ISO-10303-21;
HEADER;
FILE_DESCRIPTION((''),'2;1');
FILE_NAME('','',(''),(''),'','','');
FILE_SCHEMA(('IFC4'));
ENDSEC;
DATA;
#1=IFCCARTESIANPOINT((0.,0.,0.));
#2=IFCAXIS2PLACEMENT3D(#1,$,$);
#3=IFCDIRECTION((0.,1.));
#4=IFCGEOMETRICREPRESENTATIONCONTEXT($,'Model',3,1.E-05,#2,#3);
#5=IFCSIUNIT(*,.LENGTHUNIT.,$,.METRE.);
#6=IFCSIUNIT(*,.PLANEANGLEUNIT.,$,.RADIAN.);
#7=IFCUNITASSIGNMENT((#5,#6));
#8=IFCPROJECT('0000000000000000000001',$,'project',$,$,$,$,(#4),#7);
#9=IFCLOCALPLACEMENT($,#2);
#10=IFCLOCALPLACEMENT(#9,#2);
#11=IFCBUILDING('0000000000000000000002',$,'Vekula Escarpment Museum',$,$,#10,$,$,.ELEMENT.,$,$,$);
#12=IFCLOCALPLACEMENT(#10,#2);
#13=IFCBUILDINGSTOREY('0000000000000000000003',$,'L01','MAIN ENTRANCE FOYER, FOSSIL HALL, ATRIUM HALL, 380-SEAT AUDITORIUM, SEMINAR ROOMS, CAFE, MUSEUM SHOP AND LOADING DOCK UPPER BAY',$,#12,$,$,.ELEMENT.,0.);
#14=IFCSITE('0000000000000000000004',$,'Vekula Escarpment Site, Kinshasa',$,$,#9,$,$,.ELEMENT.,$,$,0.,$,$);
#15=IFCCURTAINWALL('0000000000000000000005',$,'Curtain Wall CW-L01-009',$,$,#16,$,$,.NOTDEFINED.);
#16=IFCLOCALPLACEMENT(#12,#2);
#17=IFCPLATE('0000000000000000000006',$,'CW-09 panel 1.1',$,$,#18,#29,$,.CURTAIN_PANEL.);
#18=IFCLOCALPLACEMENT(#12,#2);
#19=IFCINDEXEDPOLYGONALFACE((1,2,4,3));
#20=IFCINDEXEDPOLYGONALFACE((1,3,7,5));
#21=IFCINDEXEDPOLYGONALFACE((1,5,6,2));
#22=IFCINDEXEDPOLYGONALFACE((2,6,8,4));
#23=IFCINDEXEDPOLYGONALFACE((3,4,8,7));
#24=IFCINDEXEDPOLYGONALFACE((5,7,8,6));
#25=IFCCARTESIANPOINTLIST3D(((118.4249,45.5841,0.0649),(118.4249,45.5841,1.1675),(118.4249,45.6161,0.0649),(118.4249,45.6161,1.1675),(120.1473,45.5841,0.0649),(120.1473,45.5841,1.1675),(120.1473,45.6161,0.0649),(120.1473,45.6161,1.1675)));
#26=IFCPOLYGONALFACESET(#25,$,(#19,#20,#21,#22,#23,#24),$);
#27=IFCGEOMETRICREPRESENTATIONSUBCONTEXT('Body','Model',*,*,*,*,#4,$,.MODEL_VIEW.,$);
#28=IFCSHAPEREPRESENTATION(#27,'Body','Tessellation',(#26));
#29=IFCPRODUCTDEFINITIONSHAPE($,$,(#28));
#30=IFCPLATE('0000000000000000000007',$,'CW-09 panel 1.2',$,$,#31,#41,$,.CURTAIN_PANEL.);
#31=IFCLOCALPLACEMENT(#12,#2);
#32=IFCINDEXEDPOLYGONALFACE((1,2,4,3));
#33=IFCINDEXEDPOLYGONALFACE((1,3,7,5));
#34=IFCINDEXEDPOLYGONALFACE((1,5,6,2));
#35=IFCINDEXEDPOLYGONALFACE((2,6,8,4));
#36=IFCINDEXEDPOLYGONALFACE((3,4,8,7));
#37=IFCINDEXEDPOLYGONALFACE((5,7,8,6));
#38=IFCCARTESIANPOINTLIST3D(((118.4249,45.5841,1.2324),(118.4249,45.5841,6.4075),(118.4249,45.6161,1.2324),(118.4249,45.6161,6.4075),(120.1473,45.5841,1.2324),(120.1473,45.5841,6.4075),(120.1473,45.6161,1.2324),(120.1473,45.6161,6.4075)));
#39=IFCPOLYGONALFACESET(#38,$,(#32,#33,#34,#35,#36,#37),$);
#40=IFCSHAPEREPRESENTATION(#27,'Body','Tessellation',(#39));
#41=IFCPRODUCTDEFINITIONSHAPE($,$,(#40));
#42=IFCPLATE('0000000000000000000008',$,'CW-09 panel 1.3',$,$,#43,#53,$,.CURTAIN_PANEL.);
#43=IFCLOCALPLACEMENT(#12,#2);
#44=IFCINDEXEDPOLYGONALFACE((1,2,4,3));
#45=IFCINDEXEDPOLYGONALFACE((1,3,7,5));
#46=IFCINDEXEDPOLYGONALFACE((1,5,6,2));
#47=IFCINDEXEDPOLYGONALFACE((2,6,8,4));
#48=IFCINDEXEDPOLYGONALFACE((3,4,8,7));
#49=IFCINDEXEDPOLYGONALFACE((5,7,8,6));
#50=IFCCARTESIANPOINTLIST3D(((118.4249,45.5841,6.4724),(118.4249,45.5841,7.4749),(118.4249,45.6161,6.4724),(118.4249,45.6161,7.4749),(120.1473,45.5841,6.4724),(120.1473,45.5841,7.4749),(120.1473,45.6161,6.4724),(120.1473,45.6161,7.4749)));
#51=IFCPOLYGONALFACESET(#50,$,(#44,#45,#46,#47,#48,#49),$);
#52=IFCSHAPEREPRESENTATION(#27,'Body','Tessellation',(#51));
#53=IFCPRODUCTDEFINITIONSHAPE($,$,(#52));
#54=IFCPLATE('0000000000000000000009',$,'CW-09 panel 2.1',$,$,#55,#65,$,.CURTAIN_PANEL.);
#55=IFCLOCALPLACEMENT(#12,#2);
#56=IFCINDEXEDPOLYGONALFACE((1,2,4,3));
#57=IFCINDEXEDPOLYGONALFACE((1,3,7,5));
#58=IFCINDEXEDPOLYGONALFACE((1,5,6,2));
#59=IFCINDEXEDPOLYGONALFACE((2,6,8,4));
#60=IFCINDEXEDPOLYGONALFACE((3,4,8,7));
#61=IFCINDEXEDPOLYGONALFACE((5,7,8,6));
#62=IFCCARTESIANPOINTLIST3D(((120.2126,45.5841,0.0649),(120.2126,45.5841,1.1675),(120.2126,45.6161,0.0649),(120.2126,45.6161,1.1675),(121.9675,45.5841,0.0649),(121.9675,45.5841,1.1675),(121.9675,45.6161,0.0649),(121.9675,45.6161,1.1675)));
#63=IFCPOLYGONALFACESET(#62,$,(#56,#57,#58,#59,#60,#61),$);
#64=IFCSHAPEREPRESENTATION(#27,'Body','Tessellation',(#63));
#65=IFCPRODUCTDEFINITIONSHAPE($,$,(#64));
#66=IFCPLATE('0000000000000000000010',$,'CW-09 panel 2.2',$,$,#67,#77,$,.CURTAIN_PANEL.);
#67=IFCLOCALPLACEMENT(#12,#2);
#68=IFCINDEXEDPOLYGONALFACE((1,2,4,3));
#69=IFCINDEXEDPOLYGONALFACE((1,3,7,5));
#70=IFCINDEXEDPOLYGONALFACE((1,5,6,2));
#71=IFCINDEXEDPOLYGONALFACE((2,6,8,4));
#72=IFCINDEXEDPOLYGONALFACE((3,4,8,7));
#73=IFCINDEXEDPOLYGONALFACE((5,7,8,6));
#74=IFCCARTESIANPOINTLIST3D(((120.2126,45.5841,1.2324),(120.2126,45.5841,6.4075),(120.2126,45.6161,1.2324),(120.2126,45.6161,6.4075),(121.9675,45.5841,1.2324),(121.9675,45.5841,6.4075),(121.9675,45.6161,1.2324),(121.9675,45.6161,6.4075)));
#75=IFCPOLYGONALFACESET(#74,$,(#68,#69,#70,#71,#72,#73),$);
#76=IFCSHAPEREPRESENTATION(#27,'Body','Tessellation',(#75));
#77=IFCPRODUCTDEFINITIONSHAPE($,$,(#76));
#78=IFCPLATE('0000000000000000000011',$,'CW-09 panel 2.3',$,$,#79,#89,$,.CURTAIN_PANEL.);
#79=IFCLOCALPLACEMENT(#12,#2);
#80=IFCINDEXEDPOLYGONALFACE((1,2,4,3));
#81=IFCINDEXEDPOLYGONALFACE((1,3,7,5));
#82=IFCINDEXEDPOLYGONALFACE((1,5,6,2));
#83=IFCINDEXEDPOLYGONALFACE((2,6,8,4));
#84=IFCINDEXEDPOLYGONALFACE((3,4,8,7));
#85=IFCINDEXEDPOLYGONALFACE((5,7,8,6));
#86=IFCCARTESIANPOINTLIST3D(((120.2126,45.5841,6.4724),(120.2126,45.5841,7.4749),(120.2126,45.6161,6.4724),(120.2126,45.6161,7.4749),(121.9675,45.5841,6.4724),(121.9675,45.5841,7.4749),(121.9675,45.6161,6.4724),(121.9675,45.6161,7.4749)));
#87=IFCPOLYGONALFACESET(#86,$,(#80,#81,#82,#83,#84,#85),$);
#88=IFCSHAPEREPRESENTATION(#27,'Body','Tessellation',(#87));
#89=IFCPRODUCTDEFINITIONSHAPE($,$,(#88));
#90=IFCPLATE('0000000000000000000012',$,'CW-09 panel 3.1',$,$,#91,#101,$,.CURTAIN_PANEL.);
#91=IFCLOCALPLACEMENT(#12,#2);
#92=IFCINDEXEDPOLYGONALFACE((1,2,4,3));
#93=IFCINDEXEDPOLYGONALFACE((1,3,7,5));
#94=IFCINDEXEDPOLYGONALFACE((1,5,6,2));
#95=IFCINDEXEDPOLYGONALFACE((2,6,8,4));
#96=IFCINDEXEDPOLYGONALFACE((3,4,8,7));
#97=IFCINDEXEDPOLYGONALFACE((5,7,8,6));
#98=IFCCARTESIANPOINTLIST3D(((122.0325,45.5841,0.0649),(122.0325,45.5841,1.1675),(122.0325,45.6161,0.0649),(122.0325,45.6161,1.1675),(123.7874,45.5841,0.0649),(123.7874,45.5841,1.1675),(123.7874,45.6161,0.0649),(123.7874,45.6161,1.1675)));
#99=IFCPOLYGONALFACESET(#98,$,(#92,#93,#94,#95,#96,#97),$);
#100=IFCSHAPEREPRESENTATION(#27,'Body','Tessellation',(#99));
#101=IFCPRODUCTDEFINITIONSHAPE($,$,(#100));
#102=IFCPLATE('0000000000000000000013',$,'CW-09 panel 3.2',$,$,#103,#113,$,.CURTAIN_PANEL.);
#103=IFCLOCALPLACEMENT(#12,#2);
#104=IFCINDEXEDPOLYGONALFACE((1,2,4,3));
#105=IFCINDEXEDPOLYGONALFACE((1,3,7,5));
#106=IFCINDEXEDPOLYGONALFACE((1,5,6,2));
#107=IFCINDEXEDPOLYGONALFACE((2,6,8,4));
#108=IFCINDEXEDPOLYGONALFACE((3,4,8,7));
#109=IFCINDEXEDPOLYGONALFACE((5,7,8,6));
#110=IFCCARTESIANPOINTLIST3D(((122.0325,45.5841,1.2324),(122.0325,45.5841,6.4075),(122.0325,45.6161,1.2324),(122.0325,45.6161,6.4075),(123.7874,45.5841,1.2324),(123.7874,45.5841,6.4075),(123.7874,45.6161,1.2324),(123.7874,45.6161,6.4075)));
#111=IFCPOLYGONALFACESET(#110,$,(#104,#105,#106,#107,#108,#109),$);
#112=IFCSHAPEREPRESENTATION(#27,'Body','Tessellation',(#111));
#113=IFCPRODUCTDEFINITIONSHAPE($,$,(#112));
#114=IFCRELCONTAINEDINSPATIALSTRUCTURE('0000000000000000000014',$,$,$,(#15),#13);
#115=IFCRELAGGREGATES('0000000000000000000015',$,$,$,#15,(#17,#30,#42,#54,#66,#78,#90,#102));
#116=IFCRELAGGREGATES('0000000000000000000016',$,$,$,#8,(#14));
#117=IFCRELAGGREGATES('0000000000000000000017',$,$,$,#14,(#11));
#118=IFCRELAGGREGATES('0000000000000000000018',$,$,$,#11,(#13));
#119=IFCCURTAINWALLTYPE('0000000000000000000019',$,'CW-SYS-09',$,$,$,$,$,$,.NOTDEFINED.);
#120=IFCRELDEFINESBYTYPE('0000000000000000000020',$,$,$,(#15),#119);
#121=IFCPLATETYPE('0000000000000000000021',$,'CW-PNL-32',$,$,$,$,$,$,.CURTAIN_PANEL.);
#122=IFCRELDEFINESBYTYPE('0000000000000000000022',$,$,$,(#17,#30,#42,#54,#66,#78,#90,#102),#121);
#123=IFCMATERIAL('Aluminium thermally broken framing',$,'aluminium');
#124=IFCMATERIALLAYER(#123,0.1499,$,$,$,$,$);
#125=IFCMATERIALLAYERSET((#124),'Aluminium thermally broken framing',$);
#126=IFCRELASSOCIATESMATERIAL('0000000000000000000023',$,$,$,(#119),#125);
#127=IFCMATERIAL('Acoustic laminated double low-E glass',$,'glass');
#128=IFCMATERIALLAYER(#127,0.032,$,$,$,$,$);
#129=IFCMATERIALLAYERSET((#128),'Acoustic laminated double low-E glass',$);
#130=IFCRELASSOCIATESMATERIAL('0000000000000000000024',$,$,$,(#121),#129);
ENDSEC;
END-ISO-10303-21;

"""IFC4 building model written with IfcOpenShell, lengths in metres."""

from ifc_helpers import new_model, si_unit, direction, frame, origin, origin_2d, place, context, subcontext, project, spatial, rectangle, extrude, material, layer, layer_set, type_object, element, aggregate, save


model = new_model("IFC4")

# Units and contexts
model_context = context("Model", 3, precision=1e-05, world=origin(), true_north=direction((0.0, 1.0)))
body_context = subcontext(model_context, "Body", "Model", "MODEL_VIEW")
ifc_project = project(units=[si_unit("LENGTHUNIT", "METRE"), si_unit("PLANEANGLEUNIT", "RADIAN")], contexts=[model_context])

# Site, building, storey
site_placement = place(None, origin())
site = spatial("IfcSite", under=ifc_project, at=site_placement, Name="Vekula Escarpment Site, Kinshasa", CompositionType="ELEMENT", RefElevation=0.0)
building_placement = place(site_placement, origin())
building = spatial("IfcBuilding", under=site, at=building_placement, Name="Vekula Escarpment Museum", CompositionType="ELEMENT")
storey_placement = place(building_placement, origin())
storey = spatial("IfcBuildingStorey", under=building, at=storey_placement, Name="L01", Description="MAIN ENTRANCE FOYER, FOSSIL HALL, ATRIUM HALL, 380-SEAT AUDITORIUM, SEMINAR ROOMS, CAFE, MUSEUM SHOP AND LOADING DOCK UPPER BAY", CompositionType="ELEMENT", Elevation=0.0)

# Curtain wall
ifc_material_1 = material(Name="Aluminium thermally broken framing", Category="aluminium")
ifc_layer_1 = layer(ifc_material_1, 0.1499)
ifc_layer_set_1 = layer_set([ifc_layer_1], Name="Aluminium thermally broken framing")
curtain_wall_type = type_object("IfcCurtainWallType", Name="CW-SYS-09", PredefinedType="NOTDEFINED", material=ifc_layer_set_1)
curtain_wall_placement = place(storey_placement, origin())
curtain_wall = element("IfcCurtainWall", 1, at=curtain_wall_placement, inside=storey, type_object=curtain_wall_type, Name="Curtain Wall CW-L01-009", PredefinedType="NOTDEFINED")

# Plates
ifc_material_2 = material(Name="Acoustic laminated double low-E glass", Category="glass")
ifc_layer_2 = layer(ifc_material_2, 0.032)
ifc_layer_set_2 = layer_set([ifc_layer_2], Name="Acoustic laminated double low-E glass")
plate_type = type_object("IfcPlateType", Name="CW-PNL-32", PredefinedType="CURTAIN_PANEL", material=ifc_layer_set_2)
plate_1_placement = place(storey_placement, frame((119.2861, 45.6001, 0.0649), z_axis=(0.0, 0.0, 1.0), x_axis=(1.0, 0.0, 0.0)))
plate_1 = element("IfcPlate", 2, at=plate_1_placement, type_object=plate_type, Name="CW-09 panel 1.1", PredefinedType="CURTAIN_PANEL", context=body_context, shape_type="SweptSolid", body=[
    extrude(rectangle(XDim=1.7224, YDim=0.032, at=origin_2d()), origin(), (0.0, 0.0, 1.0), 1.1025),
])
plate_2_placement = place(storey_placement, frame((119.2861, 45.6001, 1.2324), z_axis=(0.0, 0.0, 1.0), x_axis=(1.0, 0.0, 0.0)))
plate_2 = element("IfcPlate", 3, at=plate_2_placement, type_object=plate_type, Name="CW-09 panel 1.2", PredefinedType="CURTAIN_PANEL", context=body_context, shape_type="SweptSolid", body=[
    extrude(rectangle(XDim=1.7224, YDim=0.032, at=origin_2d()), origin(), (0.0, 0.0, 1.0), 5.175),
])
plate_3_placement = place(storey_placement, frame((119.2861, 45.6001, 6.4724), z_axis=(0.0, 0.0, 1.0), x_axis=(1.0, 0.0, 0.0)))
plate_3 = element("IfcPlate", 4, at=plate_3_placement, type_object=plate_type, Name="CW-09 panel 1.3", PredefinedType="CURTAIN_PANEL", context=body_context, shape_type="SweptSolid", body=[
    extrude(rectangle(XDim=1.7224, YDim=0.032, at=origin_2d()), origin(), (0.0, 0.0, 1.0), 1.0024),
])
plate_4_placement = place(storey_placement, frame((121.0901, 45.6001, 0.0649), z_axis=(0.0, 0.0, 1.0), x_axis=(1.0, 0.0, 0.0)))
plate_4 = element("IfcPlate", 5, at=plate_4_placement, type_object=plate_type, Name="CW-09 panel 2.1", PredefinedType="CURTAIN_PANEL", context=body_context, shape_type="SweptSolid", body=[
    extrude(rectangle(XDim=1.7549, YDim=0.032, at=origin_2d()), origin(), (0.0, 0.0, 1.0), 1.1025),
])
plate_5_placement = place(storey_placement, frame((121.0901, 45.6001, 1.2324), z_axis=(0.0, 0.0, 1.0), x_axis=(1.0, 0.0, 0.0)))
plate_5 = element("IfcPlate", 6, at=plate_5_placement, type_object=plate_type, Name="CW-09 panel 2.2", PredefinedType="CURTAIN_PANEL", context=body_context, shape_type="SweptSolid", body=[
    extrude(rectangle(XDim=1.7549, YDim=0.032, at=origin_2d()), origin(), (0.0, 0.0, 1.0), 5.175),
])
plate_6_placement = place(storey_placement, frame((121.0901, 45.6001, 6.4724), z_axis=(0.0, 0.0, 1.0), x_axis=(1.0, 0.0, 0.0)))
plate_6 = element("IfcPlate", 7, at=plate_6_placement, type_object=plate_type, Name="CW-09 panel 2.3", PredefinedType="CURTAIN_PANEL", context=body_context, shape_type="SweptSolid", body=[
    extrude(rectangle(XDim=1.7549, YDim=0.032, at=origin_2d()), origin(), (0.0, 0.0, 1.0), 1.0024),
])
plate_7_placement = place(storey_placement, frame((122.9099, 45.6001, 0.0649), z_axis=(0.0, 0.0, 1.0), x_axis=(1.0, 0.0, 0.0)))
plate_7 = element("IfcPlate", 8, at=plate_7_placement, type_object=plate_type, Name="CW-09 panel 3.1", PredefinedType="CURTAIN_PANEL", context=body_context, shape_type="SweptSolid", body=[
    extrude(rectangle(XDim=1.7549, YDim=0.032, at=origin_2d()), origin(), (0.0, 0.0, 1.0), 1.1025),
])
plate_8_placement = place(storey_placement, frame((122.9099, 45.6001, 1.2324), z_axis=(0.0, 0.0, 1.0), x_axis=(1.0, 0.0, 0.0)))
plate_8 = element("IfcPlate", 9, at=plate_8_placement, type_object=plate_type, Name="CW-09 panel 3.2", PredefinedType="CURTAIN_PANEL", context=body_context, shape_type="SweptSolid", body=[
    extrude(rectangle(XDim=1.7549, YDim=0.032, at=origin_2d()), origin(), (0.0, 0.0, 1.0), 5.175),
])
aggregate(curtain_wall, [plate_1, plate_2, plate_3, plate_4, plate_5, plate_6, plate_7, plate_8])

save(model, "model.ifc")
